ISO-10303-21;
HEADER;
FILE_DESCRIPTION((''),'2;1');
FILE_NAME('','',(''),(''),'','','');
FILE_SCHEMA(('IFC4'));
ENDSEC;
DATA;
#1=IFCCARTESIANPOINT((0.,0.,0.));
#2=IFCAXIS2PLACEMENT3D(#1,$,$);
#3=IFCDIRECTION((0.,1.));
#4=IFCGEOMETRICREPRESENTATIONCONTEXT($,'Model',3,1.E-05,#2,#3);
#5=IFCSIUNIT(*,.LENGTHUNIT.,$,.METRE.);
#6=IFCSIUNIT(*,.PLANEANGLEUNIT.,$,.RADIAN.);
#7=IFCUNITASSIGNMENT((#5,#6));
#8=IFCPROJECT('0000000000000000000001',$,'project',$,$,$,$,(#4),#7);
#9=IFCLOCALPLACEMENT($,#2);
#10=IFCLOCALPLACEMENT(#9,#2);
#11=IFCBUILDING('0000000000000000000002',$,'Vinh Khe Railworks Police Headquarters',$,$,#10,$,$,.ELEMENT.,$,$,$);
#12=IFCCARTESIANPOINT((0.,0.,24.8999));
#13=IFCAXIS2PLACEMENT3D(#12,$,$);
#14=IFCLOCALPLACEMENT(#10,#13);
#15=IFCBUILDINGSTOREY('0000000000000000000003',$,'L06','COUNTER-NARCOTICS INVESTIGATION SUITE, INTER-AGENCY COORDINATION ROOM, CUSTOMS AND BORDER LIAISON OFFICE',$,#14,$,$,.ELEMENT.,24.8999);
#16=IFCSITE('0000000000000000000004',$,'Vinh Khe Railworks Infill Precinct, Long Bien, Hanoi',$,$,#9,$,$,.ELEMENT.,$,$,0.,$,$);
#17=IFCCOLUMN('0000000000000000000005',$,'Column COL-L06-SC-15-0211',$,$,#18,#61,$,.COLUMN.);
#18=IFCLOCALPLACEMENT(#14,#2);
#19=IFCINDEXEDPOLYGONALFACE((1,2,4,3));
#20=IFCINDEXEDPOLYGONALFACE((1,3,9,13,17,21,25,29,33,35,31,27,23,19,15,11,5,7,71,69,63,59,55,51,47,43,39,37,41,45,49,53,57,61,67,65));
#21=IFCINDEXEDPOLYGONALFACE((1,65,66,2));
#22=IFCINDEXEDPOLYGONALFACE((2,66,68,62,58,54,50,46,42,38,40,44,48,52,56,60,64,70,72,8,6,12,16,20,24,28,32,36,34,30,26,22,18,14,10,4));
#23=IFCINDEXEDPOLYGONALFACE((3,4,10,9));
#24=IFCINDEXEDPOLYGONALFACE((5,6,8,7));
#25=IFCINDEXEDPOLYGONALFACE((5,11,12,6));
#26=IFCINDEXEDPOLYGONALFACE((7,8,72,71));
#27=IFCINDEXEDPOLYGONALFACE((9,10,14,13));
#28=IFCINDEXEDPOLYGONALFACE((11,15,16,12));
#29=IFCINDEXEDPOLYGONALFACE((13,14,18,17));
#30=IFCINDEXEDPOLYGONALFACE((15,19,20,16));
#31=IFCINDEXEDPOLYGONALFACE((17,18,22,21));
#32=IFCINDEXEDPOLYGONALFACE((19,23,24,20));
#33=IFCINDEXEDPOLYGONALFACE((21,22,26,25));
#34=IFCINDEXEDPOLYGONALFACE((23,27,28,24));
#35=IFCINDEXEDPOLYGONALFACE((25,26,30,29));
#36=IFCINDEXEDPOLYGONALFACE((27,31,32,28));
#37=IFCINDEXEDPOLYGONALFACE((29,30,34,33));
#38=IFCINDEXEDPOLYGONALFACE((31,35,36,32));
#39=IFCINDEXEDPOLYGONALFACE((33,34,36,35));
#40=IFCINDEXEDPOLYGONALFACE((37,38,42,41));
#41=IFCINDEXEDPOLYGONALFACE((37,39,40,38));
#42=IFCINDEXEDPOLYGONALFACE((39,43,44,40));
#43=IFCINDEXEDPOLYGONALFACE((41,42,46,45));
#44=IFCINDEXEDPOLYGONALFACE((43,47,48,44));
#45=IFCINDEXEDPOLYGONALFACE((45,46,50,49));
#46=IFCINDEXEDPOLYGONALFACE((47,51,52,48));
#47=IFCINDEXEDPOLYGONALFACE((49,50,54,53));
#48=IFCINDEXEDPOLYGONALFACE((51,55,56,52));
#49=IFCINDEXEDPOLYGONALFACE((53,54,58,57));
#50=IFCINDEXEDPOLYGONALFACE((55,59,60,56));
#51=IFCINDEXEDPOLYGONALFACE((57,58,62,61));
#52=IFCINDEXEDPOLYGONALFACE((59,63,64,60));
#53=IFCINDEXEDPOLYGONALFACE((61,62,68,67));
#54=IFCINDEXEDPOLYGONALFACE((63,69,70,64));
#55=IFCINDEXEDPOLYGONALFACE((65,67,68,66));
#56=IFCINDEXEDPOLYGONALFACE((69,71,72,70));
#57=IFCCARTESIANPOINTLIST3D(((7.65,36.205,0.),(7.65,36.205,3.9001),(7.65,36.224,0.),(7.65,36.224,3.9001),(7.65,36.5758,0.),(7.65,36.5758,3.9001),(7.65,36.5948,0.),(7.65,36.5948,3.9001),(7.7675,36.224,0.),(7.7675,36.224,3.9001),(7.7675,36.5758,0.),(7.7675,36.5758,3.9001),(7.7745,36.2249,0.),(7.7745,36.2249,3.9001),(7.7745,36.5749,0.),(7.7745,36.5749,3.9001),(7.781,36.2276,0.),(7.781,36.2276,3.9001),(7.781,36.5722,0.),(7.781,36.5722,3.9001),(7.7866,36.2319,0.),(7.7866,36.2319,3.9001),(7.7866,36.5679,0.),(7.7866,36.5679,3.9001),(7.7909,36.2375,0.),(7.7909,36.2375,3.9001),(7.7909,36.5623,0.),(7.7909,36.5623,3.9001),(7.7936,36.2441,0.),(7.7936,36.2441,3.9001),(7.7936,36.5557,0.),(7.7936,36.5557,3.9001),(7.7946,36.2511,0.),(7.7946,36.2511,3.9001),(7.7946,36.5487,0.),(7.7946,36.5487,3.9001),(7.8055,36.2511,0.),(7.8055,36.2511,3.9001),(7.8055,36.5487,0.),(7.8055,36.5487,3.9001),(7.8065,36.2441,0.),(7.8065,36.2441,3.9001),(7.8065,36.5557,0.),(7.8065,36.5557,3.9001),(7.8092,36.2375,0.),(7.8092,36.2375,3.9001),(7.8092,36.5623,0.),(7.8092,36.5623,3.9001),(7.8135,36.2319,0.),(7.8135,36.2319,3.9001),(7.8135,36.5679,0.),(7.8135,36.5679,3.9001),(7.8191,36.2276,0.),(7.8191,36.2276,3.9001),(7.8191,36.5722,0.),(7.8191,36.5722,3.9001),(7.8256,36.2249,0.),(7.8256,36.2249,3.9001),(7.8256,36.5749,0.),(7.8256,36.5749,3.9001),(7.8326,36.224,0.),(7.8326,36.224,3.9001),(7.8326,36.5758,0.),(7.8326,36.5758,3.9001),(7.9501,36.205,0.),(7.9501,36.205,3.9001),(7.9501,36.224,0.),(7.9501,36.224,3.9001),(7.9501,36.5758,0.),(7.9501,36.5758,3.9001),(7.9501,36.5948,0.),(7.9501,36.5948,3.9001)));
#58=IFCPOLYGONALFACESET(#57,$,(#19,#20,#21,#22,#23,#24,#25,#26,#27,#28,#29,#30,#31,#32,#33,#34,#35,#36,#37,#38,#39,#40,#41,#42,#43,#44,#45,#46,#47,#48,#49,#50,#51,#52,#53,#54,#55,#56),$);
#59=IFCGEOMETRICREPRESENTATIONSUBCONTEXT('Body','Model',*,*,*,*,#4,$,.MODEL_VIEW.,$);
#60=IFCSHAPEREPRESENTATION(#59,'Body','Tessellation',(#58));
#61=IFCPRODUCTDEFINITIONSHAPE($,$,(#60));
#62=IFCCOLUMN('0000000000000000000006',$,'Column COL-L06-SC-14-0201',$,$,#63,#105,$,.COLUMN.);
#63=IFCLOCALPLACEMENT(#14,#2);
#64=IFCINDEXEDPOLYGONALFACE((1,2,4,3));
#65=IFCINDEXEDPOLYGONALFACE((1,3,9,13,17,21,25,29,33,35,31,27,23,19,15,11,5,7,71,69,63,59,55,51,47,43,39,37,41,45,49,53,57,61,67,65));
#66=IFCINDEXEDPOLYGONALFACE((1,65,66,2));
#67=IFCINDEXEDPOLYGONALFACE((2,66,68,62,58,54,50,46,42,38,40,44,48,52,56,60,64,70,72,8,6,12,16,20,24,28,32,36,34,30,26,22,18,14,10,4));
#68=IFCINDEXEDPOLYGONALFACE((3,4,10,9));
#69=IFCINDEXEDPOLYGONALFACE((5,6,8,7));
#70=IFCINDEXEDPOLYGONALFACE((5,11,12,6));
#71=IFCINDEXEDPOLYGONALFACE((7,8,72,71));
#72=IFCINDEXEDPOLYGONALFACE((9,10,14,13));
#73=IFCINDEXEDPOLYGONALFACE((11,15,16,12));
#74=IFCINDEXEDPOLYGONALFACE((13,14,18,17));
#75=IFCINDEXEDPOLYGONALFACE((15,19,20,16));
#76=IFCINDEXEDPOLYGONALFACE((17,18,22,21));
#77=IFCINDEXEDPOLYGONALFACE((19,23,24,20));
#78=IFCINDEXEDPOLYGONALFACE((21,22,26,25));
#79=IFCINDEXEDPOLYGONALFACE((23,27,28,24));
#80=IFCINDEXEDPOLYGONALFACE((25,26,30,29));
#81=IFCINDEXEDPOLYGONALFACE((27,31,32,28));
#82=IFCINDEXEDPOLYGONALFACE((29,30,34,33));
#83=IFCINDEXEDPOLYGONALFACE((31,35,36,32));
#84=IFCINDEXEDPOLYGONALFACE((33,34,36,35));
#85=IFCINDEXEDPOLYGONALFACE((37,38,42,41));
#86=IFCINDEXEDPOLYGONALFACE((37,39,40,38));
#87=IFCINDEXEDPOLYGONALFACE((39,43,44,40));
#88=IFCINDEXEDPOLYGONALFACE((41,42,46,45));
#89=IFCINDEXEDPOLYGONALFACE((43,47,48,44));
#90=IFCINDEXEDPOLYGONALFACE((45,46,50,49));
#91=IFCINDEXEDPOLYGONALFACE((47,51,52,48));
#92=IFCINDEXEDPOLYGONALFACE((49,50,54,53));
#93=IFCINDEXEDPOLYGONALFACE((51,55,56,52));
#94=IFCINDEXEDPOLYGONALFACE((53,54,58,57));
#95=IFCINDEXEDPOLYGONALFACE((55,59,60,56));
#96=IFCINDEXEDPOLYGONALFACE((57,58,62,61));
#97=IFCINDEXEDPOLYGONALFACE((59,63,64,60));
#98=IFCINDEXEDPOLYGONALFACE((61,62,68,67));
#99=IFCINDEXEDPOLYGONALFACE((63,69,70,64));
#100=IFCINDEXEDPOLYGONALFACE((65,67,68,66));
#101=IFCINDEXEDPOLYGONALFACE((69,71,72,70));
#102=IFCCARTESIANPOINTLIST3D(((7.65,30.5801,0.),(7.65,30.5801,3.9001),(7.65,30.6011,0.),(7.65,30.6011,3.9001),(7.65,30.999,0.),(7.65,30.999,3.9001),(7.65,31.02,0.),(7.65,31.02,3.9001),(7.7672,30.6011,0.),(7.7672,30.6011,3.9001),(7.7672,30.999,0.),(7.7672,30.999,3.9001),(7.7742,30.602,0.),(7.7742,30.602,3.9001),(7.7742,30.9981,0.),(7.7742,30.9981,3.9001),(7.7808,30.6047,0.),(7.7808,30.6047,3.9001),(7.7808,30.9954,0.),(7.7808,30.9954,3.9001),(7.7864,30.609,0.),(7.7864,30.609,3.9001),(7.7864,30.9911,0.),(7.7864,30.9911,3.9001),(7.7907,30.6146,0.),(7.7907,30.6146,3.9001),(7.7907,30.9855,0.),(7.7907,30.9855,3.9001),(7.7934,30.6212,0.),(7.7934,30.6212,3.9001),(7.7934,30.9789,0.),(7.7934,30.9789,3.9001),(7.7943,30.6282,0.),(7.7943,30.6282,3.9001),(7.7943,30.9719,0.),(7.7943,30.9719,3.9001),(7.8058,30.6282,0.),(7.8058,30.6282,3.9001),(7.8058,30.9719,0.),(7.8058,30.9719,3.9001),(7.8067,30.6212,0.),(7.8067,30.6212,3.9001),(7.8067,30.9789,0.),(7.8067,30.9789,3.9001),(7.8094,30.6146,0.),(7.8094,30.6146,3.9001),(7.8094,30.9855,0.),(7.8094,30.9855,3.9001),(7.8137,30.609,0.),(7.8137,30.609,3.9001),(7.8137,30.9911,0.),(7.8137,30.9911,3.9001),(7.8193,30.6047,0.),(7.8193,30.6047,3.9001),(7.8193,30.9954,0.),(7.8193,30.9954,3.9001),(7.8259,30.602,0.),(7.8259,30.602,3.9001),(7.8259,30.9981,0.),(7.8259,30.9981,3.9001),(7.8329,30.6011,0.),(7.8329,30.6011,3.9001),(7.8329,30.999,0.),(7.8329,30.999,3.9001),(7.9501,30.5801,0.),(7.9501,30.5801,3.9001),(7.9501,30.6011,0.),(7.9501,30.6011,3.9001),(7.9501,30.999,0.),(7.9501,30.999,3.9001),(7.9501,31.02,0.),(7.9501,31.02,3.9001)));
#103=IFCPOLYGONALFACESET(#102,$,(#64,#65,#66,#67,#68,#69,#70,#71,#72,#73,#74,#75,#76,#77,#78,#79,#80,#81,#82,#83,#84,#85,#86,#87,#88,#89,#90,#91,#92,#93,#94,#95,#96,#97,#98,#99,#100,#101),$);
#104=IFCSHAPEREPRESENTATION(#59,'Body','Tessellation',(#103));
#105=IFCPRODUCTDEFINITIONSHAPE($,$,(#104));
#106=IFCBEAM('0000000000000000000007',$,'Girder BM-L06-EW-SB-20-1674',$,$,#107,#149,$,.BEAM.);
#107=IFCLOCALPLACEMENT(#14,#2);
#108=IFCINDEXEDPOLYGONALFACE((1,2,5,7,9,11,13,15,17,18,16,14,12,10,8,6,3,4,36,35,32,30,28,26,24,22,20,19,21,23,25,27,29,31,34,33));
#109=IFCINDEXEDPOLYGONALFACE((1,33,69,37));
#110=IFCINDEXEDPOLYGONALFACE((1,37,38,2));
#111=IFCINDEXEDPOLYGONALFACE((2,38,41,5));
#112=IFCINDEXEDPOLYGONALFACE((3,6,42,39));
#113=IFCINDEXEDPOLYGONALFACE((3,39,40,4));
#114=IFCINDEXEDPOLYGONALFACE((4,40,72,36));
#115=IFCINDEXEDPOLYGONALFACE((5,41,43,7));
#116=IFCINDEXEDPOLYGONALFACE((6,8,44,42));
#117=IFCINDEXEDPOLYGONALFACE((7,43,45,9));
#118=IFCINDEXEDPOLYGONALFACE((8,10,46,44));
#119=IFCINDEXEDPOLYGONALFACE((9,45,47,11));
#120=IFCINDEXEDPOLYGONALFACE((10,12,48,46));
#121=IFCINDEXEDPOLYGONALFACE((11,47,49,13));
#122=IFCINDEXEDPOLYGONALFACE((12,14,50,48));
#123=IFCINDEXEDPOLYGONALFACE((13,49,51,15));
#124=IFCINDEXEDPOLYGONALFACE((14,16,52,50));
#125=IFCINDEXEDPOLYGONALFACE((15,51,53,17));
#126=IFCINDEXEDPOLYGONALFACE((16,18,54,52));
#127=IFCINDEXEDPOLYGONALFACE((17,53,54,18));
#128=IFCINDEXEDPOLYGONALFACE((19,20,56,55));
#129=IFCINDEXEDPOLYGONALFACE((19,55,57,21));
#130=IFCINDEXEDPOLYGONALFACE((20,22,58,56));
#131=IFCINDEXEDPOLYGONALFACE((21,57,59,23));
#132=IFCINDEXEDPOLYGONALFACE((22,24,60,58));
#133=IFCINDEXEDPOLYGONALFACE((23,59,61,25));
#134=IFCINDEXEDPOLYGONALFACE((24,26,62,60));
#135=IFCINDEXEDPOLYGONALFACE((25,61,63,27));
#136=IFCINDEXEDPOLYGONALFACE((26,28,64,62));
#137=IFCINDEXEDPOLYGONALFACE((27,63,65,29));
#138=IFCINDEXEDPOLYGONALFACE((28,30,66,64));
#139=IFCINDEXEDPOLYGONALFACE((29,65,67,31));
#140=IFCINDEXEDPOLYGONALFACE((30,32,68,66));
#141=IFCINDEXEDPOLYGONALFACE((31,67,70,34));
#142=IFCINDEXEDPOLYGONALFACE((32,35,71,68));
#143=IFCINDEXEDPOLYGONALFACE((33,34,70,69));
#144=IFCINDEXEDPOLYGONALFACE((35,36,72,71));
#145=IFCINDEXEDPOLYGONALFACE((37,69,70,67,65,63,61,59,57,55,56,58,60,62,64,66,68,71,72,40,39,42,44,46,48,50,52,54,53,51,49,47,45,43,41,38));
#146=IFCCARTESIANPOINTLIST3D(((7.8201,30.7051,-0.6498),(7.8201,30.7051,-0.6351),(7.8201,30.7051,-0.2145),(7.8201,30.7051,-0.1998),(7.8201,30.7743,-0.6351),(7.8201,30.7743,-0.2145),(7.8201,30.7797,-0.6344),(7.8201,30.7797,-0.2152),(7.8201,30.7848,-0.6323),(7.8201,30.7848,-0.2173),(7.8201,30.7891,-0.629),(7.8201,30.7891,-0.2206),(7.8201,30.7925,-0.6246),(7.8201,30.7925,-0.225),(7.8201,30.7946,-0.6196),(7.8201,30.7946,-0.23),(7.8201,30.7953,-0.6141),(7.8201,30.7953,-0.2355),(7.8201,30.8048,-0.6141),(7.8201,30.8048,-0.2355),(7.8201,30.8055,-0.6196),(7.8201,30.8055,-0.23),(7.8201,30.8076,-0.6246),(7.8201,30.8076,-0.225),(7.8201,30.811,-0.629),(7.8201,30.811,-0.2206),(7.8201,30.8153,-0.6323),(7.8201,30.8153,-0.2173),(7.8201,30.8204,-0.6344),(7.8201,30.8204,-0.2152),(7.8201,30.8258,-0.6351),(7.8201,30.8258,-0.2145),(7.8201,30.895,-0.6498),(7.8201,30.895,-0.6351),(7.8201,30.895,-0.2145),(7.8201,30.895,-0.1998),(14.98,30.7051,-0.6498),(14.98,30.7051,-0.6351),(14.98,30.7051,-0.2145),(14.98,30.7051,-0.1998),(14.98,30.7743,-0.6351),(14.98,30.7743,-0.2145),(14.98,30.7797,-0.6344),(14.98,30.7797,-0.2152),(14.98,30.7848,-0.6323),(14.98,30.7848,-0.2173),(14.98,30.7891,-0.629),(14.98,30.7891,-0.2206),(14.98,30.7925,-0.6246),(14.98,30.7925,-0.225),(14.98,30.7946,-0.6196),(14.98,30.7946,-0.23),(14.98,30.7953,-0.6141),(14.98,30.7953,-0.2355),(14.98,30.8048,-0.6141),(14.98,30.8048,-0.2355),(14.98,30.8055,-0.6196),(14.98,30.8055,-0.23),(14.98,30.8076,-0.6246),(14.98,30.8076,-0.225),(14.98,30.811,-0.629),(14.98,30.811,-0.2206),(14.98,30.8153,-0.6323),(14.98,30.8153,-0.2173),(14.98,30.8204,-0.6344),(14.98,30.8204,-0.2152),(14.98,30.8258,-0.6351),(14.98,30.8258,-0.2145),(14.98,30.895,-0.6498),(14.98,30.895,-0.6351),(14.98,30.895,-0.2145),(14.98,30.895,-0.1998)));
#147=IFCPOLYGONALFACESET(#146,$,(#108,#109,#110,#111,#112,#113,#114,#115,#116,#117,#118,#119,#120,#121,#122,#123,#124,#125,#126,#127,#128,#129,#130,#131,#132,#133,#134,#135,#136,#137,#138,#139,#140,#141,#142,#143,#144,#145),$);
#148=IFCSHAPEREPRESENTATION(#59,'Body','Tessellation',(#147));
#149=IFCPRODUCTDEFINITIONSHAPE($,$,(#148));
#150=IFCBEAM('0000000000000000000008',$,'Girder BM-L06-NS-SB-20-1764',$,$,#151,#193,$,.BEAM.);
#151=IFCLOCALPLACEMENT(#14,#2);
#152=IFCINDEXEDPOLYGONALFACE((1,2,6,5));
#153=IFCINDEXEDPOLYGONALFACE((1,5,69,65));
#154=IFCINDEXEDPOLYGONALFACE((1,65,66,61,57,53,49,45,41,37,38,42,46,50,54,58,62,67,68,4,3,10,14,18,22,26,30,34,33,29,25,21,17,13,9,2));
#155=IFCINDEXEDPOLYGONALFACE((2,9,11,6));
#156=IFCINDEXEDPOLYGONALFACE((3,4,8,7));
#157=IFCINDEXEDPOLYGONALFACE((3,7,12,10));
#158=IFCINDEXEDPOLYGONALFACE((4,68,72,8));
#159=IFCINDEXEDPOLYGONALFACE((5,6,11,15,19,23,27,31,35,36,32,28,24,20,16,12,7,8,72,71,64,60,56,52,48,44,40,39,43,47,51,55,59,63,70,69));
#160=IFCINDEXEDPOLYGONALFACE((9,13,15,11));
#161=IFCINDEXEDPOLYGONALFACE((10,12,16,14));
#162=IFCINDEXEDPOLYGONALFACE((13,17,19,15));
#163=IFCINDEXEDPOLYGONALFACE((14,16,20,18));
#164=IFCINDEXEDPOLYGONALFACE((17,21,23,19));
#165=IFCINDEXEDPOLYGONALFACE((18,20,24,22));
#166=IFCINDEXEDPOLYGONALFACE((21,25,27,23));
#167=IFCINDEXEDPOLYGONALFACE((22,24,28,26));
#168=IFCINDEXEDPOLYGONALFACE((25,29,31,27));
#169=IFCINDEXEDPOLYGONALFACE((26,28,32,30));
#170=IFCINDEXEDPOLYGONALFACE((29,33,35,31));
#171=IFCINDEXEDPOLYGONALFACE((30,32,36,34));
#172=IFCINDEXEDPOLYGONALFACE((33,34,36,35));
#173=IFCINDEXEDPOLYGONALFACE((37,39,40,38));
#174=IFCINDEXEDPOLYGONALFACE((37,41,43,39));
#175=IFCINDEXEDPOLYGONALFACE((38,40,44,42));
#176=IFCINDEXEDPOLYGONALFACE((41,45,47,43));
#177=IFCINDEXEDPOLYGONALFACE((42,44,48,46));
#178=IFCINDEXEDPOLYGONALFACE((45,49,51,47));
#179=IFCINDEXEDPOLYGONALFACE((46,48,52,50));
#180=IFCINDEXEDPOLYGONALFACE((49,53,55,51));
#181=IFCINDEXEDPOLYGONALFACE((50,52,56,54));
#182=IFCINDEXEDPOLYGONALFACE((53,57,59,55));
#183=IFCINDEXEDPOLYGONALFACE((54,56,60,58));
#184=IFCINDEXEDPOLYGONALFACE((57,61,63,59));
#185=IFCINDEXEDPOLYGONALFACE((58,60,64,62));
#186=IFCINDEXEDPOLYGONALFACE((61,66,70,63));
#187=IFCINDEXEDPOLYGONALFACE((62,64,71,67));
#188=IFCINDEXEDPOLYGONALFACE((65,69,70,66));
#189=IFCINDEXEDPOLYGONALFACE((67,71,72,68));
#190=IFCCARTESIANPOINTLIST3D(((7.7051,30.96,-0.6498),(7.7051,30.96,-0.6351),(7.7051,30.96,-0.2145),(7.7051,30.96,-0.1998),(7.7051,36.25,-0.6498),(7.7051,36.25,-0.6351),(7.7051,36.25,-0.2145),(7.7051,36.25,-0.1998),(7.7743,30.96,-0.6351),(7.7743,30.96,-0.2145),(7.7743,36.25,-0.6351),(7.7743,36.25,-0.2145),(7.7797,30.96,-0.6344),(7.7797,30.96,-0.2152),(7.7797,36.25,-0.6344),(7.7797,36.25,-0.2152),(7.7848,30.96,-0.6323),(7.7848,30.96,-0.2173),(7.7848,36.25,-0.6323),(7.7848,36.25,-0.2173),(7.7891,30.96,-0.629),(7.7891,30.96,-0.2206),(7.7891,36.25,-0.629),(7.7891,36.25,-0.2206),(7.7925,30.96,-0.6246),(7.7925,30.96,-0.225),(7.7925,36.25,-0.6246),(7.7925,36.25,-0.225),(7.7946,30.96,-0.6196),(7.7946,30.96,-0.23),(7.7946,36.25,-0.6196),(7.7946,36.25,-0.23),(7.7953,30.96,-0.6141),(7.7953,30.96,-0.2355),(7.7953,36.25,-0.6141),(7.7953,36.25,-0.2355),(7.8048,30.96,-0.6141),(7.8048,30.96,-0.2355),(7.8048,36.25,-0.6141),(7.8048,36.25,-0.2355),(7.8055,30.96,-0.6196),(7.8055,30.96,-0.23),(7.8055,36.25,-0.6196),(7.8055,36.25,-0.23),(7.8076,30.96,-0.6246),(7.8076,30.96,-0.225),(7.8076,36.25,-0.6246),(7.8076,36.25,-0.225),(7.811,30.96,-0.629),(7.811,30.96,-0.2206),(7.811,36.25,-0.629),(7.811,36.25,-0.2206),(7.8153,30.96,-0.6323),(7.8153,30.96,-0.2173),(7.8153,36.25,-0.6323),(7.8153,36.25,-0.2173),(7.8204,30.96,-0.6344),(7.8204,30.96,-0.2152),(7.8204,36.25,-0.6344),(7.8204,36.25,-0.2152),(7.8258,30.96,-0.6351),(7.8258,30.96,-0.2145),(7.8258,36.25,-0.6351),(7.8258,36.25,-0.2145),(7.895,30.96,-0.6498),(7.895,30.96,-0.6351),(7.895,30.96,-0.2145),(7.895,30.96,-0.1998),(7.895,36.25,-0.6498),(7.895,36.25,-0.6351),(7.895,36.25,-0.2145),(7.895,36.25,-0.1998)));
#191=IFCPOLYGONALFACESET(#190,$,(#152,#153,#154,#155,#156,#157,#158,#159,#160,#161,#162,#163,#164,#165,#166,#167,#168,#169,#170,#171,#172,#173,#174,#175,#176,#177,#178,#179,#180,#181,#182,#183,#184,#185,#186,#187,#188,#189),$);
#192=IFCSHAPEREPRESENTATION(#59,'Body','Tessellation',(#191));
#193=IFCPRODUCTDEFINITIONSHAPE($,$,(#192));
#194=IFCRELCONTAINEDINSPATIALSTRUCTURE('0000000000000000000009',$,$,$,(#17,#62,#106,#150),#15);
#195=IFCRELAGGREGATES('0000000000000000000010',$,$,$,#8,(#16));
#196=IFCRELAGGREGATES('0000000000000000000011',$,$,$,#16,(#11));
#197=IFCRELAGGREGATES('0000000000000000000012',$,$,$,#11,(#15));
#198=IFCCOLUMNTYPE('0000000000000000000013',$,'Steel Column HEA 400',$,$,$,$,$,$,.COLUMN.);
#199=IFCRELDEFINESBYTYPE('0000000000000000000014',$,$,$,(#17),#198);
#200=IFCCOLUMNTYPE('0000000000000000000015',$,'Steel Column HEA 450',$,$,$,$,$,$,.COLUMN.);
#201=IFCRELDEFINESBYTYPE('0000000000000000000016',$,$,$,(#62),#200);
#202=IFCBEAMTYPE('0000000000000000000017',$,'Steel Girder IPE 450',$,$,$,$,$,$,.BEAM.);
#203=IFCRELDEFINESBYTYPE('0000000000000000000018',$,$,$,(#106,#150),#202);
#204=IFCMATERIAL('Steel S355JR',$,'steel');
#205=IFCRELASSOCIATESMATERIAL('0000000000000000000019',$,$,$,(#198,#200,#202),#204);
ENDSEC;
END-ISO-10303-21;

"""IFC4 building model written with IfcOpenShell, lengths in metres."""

from ifc_helpers import new_model, si_unit, direction, frame, origin, origin_2d, place, context, subcontext, project, spatial, i_section, extrude, material, material_profile, profile_set, type_object, element, save


model = new_model("IFC4")

# Units and contexts
model_context = context("Model", 3, precision=1e-05, world=origin(), true_north=direction((0.0, 1.0)))
body_context = subcontext(model_context, "Body", "Model", "MODEL_VIEW")
ifc_project = project(units=[si_unit("LENGTHUNIT", "METRE"), si_unit("PLANEANGLEUNIT", "RADIAN")], contexts=[model_context])

# Site, building, storey
site_placement = place(None, origin())
site = spatial("IfcSite", under=ifc_project, at=site_placement, Name="Vinh Khe Railworks Infill Precinct, Long Bien, Hanoi", CompositionType="ELEMENT", RefElevation=0.0)
building_placement = place(site_placement, origin())
building = spatial("IfcBuilding", under=site, at=building_placement, Name="Vinh Khe Railworks Police Headquarters", CompositionType="ELEMENT")
storey_placement = place(building_placement, frame((0.0, 0.0, 24.8999)))
storey = spatial("IfcBuildingStorey", under=building, at=storey_placement, Name="L06", Description="COUNTER-NARCOTICS INVESTIGATION SUITE, INTER-AGENCY COORDINATION ROOM, CUSTOMS AND BORDER LIAISON OFFICE", CompositionType="ELEMENT", Elevation=24.8999)

# Columns
ifc_material_1 = material(Name="Steel S355JR", Category="steel")
ifc_material_profile_1 = material_profile(ifc_material_1, i_section(OverallWidth=0.3, OverallDepth=0.3899, WebThickness=0.011, FlangeThickness=0.019, FilletRadius=0.0271, at=origin_2d()), Name="HEA 400")
ifc_profile_set_1 = profile_set([ifc_material_profile_1], Name="Steel S355JR")
column_type_1 = type_object("IfcColumnType", Name="Steel Column HEA 400", PredefinedType="COLUMN", material=ifc_profile_set_1)
column_1_placement = place(storey_placement, frame((7.8, 36.3999, 0.0), z_axis=(0.0, 0.0, 1.0), x_axis=(1.0, 0.0, 0.0)))
element("IfcColumn", 1, at=column_1_placement, inside=storey, type_object=column_type_1, Name="Column COL-L06-SC-15-0211", PredefinedType="COLUMN", context=body_context, shape_type="SweptSolid", body=[
    extrude(i_section(OverallWidth=0.3, OverallDepth=0.3899, WebThickness=0.011, FlangeThickness=0.019, FilletRadius=0.0271, at=origin_2d()), origin(), (0.0, 0.0, 1.0), 3.9001),
])
ifc_material_profile_2 = material_profile(ifc_material_1, i_section(OverallWidth=0.3, OverallDepth=0.4399, WebThickness=0.0115, FlangeThickness=0.021, FilletRadius=0.0271, at=origin_2d()), Name="HEA 450")
ifc_profile_set_2 = profile_set([ifc_material_profile_2], Name="Steel S355JR")
column_type_2 = type_object("IfcColumnType", Name="Steel Column HEA 450", PredefinedType="COLUMN", material=ifc_profile_set_2)
column_2_placement = place(storey_placement, frame((7.8, 30.8, 0.0), z_axis=(0.0, 0.0, 1.0), x_axis=(1.0, 0.0, 0.0)))
element("IfcColumn", 2, at=column_2_placement, inside=storey, type_object=column_type_2, Name="Column COL-L06-SC-14-0201", PredefinedType="COLUMN", context=body_context, shape_type="SweptSolid", body=[
    extrude(i_section(OverallWidth=0.3, OverallDepth=0.4399, WebThickness=0.0115, FlangeThickness=0.021, FilletRadius=0.0271, at=origin_2d()), origin(), (0.0, 0.0, 1.0), 3.9001),
])

# Beams
ifc_material_profile_3 = material_profile(ifc_material_1, i_section(OverallWidth=0.1899, OverallDepth=0.45, WebThickness=0.0095, FlangeThickness=0.0146, FilletRadius=0.021, at=origin_2d()), Name="IPE 450")
ifc_profile_set_3 = profile_set([ifc_material_profile_3], Name="Steel S355JR")
beam_type_1 = type_object("IfcBeamType", Name="Steel Girder IPE 450", PredefinedType="BEAM", material=ifc_profile_set_3)
beam_1_placement = place(storey_placement, frame((7.8201, 30.8, -0.4248), z_axis=(1.0, 0.0, 0.0), x_axis=(0.0, 1.0, 0.0)))
element("IfcBeam", 3, at=beam_1_placement, inside=storey, type_object=beam_type_1, Name="Girder BM-L06-EW-SB-20-1674", PredefinedType="BEAM", context=body_context, shape_type="SweptSolid", body=[
    extrude(i_section(OverallWidth=0.1899, OverallDepth=0.45, WebThickness=0.0095, FlangeThickness=0.0146, FilletRadius=0.021, at=origin_2d()), origin(), (0.0, 0.0, 1.0), 7.1599),
])
beam_2_placement = place(storey_placement, frame((7.8, 30.96, -0.4248), z_axis=(0.0, 1.0, 0.0), x_axis=(-1.0, 0.0, 0.0)))
element("IfcBeam", 4, at=beam_2_placement, inside=storey, type_object=beam_type_1, Name="Girder BM-L06-NS-SB-20-1764", PredefinedType="BEAM", context=body_context, shape_type="SweptSolid", body=[
    extrude(i_section(OverallWidth=0.1899, OverallDepth=0.45, WebThickness=0.0095, FlangeThickness=0.0146, FilletRadius=0.021, at=origin_2d()), origin(), (0.0, 0.0, 1.0), 5.29),
])

save(model, "model.ifc")
